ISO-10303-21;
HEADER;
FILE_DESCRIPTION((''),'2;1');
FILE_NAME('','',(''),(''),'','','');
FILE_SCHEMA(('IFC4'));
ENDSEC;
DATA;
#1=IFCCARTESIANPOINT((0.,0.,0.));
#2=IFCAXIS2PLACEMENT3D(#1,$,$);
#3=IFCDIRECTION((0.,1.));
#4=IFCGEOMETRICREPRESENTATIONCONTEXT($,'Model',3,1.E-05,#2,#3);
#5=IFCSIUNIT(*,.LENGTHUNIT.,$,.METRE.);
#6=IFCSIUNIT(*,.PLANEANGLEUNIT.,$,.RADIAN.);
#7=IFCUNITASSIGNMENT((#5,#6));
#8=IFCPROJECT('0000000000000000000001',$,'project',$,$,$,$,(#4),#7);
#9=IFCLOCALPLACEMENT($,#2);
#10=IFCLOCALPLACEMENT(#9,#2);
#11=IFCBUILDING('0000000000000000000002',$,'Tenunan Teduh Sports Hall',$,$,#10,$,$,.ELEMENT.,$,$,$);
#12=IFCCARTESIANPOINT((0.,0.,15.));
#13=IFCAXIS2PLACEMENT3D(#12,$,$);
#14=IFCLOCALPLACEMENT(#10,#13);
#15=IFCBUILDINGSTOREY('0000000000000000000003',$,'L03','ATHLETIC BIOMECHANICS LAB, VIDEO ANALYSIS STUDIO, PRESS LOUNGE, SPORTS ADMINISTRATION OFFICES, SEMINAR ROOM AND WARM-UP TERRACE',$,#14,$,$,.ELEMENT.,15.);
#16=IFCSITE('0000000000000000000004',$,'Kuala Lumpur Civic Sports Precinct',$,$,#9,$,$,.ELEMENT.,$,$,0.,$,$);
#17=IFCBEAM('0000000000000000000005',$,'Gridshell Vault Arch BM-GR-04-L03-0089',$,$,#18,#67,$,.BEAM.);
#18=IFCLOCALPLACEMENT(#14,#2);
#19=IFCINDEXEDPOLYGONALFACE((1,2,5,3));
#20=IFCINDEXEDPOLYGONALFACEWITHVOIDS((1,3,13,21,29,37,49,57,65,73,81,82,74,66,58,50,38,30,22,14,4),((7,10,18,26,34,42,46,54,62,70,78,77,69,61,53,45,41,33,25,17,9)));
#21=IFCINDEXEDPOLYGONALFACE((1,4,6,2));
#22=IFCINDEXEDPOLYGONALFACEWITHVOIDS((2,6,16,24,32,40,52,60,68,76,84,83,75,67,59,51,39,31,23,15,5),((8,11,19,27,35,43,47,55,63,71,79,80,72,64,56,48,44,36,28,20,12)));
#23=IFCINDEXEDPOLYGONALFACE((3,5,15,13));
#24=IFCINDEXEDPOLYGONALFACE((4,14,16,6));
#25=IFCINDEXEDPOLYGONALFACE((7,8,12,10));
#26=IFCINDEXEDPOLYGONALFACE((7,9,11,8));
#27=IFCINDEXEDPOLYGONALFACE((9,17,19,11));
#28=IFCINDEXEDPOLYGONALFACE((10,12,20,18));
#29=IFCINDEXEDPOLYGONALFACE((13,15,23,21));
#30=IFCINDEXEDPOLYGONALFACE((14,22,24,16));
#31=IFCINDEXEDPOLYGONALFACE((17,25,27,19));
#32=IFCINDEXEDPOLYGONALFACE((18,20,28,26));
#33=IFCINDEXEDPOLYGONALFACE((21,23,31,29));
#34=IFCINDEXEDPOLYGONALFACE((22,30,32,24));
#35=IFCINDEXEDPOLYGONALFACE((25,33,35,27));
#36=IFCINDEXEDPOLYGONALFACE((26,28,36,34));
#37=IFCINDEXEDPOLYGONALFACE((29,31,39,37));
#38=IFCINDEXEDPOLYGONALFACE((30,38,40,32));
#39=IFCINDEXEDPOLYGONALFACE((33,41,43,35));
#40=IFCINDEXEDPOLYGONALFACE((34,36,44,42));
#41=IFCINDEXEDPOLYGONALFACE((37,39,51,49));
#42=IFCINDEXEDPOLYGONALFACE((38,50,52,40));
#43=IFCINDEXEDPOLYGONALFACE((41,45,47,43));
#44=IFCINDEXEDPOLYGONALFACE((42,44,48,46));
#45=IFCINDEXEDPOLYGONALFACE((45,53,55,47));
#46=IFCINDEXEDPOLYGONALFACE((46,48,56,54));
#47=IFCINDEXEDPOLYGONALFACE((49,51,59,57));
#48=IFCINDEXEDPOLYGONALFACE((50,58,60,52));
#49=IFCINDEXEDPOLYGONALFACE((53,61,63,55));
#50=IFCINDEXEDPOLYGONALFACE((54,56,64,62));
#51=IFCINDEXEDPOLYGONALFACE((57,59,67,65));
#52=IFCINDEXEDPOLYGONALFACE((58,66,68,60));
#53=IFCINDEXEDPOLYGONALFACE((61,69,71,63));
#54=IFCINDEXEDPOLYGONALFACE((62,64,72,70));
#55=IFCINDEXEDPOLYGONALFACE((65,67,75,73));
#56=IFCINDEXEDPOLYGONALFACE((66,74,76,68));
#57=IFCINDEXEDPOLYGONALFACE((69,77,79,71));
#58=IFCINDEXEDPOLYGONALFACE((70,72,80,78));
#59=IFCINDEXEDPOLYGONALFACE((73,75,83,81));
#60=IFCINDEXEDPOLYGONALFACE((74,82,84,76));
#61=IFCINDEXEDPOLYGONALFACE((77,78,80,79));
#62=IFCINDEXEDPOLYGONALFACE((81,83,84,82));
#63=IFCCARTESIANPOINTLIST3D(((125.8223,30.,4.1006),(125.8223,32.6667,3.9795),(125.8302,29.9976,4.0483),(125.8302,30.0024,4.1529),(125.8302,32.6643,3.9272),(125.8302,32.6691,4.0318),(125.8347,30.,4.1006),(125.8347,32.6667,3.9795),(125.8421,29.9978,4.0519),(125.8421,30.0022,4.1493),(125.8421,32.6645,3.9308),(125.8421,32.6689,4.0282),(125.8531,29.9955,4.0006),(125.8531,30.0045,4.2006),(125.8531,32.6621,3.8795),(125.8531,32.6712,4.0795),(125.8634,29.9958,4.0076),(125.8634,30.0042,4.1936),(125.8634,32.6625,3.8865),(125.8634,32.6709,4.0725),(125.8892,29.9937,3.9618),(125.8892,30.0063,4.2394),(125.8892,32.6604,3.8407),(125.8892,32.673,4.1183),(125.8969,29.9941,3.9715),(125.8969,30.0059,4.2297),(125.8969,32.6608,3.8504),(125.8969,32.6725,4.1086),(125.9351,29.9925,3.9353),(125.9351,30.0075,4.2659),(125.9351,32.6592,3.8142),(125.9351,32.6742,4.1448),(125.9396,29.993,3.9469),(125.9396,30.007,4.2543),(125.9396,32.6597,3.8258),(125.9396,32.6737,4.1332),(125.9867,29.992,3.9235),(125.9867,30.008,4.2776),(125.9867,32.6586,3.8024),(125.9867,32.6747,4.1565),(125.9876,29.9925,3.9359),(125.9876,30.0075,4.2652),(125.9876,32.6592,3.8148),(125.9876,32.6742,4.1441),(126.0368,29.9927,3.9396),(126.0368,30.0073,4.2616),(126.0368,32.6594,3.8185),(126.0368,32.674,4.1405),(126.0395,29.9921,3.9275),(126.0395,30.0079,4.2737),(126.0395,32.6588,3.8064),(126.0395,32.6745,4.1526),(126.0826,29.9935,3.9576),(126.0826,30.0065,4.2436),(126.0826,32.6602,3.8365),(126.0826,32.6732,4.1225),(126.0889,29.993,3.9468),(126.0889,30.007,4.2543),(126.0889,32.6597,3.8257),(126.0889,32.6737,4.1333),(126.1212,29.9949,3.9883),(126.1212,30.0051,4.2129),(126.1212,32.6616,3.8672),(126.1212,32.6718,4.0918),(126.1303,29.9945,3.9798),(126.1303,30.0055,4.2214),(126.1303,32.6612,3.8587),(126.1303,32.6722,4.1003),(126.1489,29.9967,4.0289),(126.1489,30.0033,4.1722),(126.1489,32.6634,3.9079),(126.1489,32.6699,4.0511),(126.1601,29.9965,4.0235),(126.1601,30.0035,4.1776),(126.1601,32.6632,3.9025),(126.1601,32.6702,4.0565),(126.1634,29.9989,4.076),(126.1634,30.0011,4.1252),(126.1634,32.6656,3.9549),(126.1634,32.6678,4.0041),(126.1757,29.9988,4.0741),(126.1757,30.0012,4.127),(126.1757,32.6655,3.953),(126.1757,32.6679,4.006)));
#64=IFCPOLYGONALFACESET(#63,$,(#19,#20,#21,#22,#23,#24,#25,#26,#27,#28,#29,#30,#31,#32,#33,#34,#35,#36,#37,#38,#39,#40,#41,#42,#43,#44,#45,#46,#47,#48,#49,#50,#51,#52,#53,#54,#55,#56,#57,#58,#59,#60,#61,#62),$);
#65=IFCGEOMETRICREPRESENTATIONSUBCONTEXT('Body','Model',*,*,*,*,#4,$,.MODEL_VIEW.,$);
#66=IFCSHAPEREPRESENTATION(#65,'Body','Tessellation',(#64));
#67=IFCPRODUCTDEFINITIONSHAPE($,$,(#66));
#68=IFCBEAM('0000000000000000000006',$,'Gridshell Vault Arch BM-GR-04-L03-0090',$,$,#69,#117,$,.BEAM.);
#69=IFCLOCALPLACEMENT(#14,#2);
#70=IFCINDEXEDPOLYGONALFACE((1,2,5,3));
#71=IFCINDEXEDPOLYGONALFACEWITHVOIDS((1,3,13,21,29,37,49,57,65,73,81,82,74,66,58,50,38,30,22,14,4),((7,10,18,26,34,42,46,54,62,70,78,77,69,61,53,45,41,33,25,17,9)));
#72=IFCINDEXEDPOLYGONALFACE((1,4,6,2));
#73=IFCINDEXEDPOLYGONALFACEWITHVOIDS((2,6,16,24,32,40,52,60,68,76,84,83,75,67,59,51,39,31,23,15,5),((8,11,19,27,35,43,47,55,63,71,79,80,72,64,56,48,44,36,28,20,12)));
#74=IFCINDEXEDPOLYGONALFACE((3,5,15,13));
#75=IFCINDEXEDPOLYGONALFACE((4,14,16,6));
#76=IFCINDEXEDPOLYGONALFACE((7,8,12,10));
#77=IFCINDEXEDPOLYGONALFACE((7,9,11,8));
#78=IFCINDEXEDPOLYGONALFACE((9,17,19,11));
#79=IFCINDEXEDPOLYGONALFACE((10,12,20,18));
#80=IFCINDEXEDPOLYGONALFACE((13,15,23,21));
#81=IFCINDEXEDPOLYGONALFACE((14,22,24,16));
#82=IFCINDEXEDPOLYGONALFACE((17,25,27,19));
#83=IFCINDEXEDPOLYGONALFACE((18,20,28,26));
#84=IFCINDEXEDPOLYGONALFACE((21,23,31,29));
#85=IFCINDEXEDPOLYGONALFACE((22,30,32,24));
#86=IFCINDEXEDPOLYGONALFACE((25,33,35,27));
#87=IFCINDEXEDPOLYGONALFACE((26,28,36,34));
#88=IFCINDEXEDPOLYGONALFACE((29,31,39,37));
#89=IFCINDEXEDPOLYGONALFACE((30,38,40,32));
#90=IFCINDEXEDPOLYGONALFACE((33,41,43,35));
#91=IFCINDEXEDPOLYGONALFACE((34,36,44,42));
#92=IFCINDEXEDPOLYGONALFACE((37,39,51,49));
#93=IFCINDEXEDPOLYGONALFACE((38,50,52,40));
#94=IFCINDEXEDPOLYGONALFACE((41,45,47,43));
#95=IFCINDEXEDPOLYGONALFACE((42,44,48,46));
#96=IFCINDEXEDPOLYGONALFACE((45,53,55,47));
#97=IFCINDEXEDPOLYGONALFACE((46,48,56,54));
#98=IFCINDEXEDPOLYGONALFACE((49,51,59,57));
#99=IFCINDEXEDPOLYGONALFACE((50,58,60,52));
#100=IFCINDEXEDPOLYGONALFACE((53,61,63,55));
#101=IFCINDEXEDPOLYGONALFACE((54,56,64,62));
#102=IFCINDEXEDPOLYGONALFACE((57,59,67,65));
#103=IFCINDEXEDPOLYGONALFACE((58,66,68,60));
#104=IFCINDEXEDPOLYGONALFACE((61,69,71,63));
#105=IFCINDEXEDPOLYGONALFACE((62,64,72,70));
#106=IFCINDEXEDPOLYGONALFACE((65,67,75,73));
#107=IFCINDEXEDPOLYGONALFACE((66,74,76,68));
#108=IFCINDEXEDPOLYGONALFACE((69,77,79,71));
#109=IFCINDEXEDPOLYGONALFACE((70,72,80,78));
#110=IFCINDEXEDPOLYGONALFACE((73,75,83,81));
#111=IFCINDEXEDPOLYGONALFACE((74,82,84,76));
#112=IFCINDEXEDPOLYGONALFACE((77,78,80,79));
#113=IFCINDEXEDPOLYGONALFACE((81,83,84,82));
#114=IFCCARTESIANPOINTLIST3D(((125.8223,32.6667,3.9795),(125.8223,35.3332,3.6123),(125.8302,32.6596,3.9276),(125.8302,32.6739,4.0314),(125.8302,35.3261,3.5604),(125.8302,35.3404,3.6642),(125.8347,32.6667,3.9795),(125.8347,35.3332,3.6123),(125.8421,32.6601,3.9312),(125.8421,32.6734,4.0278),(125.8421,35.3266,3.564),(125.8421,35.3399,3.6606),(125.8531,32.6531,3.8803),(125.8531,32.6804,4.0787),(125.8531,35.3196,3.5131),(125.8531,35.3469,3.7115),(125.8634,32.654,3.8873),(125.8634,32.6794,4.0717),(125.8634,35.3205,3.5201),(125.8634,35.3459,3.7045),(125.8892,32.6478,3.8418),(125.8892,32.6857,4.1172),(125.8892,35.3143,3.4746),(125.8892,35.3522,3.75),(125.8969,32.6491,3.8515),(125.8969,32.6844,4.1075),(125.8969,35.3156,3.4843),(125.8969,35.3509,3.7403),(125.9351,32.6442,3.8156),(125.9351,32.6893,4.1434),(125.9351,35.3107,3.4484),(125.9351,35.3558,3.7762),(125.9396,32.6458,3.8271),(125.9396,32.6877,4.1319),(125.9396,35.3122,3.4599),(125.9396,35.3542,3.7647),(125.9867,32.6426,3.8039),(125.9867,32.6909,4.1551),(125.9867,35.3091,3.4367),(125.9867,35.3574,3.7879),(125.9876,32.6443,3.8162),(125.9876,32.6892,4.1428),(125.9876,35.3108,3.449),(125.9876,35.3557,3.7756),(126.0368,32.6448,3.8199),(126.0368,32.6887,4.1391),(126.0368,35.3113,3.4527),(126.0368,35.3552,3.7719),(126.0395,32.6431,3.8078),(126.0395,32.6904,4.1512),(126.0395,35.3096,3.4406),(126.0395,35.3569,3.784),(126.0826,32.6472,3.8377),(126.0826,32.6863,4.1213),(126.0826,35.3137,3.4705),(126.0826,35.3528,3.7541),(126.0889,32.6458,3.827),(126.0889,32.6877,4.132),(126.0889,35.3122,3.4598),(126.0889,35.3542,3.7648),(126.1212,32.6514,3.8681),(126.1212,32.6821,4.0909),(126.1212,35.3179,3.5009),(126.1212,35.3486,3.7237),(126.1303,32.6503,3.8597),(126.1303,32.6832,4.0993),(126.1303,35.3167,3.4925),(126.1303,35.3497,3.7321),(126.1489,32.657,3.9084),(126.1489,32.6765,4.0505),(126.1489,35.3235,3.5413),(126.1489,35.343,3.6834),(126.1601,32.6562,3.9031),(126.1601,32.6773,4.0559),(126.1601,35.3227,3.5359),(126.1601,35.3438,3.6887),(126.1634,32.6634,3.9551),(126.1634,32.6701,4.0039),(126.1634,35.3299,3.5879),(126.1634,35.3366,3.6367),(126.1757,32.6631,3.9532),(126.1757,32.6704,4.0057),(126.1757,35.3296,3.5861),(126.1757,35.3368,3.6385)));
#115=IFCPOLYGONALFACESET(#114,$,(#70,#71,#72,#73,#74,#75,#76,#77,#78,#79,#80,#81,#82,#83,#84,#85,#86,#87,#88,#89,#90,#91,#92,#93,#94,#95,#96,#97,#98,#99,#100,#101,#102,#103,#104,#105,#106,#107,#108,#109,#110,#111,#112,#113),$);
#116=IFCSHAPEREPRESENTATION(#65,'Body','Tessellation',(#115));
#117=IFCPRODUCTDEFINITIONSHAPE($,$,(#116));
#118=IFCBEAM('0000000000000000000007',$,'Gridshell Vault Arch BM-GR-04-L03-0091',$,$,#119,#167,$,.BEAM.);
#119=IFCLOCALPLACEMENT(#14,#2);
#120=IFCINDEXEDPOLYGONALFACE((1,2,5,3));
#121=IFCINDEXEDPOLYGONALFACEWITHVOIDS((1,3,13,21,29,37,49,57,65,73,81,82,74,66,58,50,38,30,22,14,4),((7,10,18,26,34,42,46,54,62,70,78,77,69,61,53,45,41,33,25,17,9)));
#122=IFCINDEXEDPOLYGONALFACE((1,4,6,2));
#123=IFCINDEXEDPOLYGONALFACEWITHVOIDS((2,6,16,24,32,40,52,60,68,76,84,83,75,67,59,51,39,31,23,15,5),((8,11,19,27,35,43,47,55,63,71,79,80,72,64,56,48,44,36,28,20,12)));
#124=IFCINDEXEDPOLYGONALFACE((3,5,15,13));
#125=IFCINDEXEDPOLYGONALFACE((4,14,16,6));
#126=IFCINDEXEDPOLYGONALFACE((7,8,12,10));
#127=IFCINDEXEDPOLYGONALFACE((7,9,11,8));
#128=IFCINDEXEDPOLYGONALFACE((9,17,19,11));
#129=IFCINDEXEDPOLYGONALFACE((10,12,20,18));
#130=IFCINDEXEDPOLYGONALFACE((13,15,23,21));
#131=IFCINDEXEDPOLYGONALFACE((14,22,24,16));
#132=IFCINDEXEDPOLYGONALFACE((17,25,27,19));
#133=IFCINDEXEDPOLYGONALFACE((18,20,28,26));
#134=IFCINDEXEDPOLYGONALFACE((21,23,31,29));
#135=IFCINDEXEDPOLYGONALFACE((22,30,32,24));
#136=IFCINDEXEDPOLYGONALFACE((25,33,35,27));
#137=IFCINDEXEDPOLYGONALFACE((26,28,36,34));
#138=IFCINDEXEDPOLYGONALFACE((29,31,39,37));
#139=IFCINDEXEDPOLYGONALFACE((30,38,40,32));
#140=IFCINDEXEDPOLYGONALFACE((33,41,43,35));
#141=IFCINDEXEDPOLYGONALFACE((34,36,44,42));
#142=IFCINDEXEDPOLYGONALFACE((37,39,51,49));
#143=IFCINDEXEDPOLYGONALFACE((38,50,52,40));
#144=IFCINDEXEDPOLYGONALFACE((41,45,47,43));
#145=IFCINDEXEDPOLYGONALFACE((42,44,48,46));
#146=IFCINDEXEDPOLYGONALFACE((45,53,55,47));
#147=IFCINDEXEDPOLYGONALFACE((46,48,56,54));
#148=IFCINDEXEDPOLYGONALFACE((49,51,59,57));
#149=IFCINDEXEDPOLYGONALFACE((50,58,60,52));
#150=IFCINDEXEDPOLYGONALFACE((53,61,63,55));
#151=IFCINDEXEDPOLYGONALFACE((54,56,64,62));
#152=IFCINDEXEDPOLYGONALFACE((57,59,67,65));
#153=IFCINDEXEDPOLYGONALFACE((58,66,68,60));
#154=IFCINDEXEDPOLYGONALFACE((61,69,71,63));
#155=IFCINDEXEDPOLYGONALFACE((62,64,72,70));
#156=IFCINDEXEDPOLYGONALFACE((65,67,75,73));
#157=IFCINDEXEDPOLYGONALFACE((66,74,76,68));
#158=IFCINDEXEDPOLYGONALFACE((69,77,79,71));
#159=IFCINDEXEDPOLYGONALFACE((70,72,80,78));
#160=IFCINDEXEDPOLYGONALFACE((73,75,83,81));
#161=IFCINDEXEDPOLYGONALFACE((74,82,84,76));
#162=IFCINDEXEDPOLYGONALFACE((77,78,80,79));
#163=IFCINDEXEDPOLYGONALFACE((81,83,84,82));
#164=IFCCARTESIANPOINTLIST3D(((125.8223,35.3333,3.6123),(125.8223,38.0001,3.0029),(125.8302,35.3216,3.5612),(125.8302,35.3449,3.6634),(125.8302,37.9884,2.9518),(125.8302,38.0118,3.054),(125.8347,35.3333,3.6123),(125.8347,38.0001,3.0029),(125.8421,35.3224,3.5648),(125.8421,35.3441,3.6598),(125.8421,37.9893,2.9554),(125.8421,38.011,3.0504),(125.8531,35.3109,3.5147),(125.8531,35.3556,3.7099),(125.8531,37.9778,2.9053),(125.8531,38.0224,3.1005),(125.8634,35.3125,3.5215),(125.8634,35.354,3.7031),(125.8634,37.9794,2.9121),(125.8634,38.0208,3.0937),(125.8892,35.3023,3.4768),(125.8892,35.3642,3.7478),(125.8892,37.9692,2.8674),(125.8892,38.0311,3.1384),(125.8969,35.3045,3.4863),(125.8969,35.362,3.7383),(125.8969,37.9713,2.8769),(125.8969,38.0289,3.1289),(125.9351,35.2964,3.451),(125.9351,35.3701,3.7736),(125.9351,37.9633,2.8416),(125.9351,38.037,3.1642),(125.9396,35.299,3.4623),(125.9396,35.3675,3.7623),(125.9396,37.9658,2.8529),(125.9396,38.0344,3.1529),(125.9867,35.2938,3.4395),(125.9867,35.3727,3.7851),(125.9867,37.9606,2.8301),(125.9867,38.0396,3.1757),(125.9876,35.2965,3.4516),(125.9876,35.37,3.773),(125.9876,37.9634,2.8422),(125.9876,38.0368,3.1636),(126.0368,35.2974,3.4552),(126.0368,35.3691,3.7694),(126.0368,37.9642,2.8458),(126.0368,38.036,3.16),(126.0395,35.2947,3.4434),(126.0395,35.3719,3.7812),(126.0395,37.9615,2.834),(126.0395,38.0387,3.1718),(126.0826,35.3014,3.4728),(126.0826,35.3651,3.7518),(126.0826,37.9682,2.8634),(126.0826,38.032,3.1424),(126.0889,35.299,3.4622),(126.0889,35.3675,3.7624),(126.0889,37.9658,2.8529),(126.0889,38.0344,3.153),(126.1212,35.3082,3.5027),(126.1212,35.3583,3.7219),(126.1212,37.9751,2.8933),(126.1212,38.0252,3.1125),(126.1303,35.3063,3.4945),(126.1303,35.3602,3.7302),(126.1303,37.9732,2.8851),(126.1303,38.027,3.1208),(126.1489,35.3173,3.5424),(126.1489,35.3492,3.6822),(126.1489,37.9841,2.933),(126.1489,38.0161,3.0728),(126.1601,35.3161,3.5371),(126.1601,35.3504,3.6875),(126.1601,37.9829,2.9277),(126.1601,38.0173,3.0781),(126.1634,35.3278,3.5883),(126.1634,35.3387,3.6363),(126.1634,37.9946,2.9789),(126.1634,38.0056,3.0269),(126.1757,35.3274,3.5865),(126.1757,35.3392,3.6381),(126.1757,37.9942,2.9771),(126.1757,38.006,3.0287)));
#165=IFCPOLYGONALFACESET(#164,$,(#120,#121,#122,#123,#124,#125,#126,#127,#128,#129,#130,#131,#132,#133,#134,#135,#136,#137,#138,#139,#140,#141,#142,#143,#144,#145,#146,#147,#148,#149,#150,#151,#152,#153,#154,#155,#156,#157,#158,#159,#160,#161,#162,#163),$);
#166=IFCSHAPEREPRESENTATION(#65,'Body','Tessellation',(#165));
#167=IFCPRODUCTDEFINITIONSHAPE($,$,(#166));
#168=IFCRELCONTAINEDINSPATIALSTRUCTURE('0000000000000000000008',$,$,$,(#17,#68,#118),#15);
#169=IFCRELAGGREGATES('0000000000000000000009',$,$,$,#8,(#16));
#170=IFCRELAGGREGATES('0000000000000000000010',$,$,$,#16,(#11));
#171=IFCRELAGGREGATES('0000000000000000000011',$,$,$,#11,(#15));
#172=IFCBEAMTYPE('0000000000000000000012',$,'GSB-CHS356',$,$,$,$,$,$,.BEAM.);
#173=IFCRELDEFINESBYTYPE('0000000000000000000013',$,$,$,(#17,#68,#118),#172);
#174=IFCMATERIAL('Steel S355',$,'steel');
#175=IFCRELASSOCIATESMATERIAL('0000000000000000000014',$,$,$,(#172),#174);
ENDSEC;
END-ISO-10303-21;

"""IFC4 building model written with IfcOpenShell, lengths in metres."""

from ifc_helpers import new_model, si_unit, direction, frame, origin, origin_2d, place, context, subcontext, project, spatial, hollow_circle, extrude, material, material_profile, profile_set, type_object, element, save


model = new_model("IFC4")

# Units and contexts
model_context = context("Model", 3, precision=1e-05, world=origin(), true_north=direction((0.0, 1.0)))
body_context = subcontext(model_context, "Body", "Model", "MODEL_VIEW")
ifc_project = project(units=[si_unit("LENGTHUNIT", "METRE"), si_unit("PLANEANGLEUNIT", "RADIAN")], contexts=[model_context])

# Site, building, storey
site_placement = place(None, origin())
site = spatial("IfcSite", under=ifc_project, at=site_placement, Name="Kuala Lumpur Civic Sports Precinct", CompositionType="ELEMENT", RefElevation=0.0)
building_placement = place(site_placement, origin())
building = spatial("IfcBuilding", under=site, at=building_placement, Name="Tenunan Teduh Sports Hall", CompositionType="ELEMENT")
storey_placement = place(building_placement, frame((0.0, 0.0, 15.0)))
storey = spatial("IfcBuildingStorey", under=building, at=storey_placement, Name="L03", Description="ATHLETIC BIOMECHANICS LAB, VIDEO ANALYSIS STUDIO, PRESS LOUNGE, SPORTS ADMINISTRATION OFFICES, SEMINAR ROOM AND WARM-UP TERRACE", CompositionType="ELEMENT", Elevation=15.0)

# Beams
ifc_material_1 = material(Name="Steel S355", Category="steel")
ifc_material_profile_1 = material_profile(ifc_material_1, hollow_circle(Radius=0.1777, WallThickness=0.0125, at=origin_2d()), Name="CHS 355.6x12.5")
ifc_profile_set_1 = profile_set([ifc_material_profile_1], Name="Steel S355")
beam_type_1 = type_object("IfcBeamType", Name="GSB-CHS356", PredefinedType="BEAM", material=ifc_profile_set_1)
beam_1_placement = place(storey_placement, frame((126.0, 30.0, 4.1006), z_axis=(0.0, 0.998971, -0.045362), x_axis=(-1.0, 0.0, 0.0)))
element("IfcBeam", 1, at=beam_1_placement, inside=storey, type_object=beam_type_1, Name="Gridshell Vault Arch BM-GR-04-L03-0089", PredefinedType="BEAM", context=body_context, shape_type="SweptSolid", body=[
    extrude(hollow_circle(Radius=0.1777, WallThickness=0.0125, at=origin_2d()), origin(), (0.0, 0.0, 1.0), 2.6694),
])
beam_2_placement = place(storey_placement, frame((126.0, 32.6667, 3.9795), z_axis=(0.0, 0.990652, -0.136416), x_axis=(-1.0, 0.0, 0.0)))
element("IfcBeam", 2, at=beam_2_placement, inside=storey, type_object=beam_type_1, Name="Gridshell Vault Arch BM-GR-04-L03-0090", PredefinedType="BEAM", context=body_context, shape_type="SweptSolid", body=[
    extrude(hollow_circle(Radius=0.1777, WallThickness=0.0125, at=origin_2d()), origin(), (0.0, 0.0, 1.0), 2.6917),
])
beam_3_placement = place(storey_placement, frame((126.0, 35.3333, 3.6123), z_axis=(0.0, 0.974872, -0.222767), x_axis=(-1.0, 0.0, 0.0)))
element("IfcBeam", 3, at=beam_3_placement, inside=storey, type_object=beam_type_1, Name="Gridshell Vault Arch BM-GR-04-L03-0091", PredefinedType="BEAM", context=body_context, shape_type="SweptSolid", body=[
    extrude(hollow_circle(Radius=0.1777, WallThickness=0.0125, at=origin_2d()), origin(), (0.0, 0.0, 1.0), 2.7356),
])

save(model, "model.ifc")
